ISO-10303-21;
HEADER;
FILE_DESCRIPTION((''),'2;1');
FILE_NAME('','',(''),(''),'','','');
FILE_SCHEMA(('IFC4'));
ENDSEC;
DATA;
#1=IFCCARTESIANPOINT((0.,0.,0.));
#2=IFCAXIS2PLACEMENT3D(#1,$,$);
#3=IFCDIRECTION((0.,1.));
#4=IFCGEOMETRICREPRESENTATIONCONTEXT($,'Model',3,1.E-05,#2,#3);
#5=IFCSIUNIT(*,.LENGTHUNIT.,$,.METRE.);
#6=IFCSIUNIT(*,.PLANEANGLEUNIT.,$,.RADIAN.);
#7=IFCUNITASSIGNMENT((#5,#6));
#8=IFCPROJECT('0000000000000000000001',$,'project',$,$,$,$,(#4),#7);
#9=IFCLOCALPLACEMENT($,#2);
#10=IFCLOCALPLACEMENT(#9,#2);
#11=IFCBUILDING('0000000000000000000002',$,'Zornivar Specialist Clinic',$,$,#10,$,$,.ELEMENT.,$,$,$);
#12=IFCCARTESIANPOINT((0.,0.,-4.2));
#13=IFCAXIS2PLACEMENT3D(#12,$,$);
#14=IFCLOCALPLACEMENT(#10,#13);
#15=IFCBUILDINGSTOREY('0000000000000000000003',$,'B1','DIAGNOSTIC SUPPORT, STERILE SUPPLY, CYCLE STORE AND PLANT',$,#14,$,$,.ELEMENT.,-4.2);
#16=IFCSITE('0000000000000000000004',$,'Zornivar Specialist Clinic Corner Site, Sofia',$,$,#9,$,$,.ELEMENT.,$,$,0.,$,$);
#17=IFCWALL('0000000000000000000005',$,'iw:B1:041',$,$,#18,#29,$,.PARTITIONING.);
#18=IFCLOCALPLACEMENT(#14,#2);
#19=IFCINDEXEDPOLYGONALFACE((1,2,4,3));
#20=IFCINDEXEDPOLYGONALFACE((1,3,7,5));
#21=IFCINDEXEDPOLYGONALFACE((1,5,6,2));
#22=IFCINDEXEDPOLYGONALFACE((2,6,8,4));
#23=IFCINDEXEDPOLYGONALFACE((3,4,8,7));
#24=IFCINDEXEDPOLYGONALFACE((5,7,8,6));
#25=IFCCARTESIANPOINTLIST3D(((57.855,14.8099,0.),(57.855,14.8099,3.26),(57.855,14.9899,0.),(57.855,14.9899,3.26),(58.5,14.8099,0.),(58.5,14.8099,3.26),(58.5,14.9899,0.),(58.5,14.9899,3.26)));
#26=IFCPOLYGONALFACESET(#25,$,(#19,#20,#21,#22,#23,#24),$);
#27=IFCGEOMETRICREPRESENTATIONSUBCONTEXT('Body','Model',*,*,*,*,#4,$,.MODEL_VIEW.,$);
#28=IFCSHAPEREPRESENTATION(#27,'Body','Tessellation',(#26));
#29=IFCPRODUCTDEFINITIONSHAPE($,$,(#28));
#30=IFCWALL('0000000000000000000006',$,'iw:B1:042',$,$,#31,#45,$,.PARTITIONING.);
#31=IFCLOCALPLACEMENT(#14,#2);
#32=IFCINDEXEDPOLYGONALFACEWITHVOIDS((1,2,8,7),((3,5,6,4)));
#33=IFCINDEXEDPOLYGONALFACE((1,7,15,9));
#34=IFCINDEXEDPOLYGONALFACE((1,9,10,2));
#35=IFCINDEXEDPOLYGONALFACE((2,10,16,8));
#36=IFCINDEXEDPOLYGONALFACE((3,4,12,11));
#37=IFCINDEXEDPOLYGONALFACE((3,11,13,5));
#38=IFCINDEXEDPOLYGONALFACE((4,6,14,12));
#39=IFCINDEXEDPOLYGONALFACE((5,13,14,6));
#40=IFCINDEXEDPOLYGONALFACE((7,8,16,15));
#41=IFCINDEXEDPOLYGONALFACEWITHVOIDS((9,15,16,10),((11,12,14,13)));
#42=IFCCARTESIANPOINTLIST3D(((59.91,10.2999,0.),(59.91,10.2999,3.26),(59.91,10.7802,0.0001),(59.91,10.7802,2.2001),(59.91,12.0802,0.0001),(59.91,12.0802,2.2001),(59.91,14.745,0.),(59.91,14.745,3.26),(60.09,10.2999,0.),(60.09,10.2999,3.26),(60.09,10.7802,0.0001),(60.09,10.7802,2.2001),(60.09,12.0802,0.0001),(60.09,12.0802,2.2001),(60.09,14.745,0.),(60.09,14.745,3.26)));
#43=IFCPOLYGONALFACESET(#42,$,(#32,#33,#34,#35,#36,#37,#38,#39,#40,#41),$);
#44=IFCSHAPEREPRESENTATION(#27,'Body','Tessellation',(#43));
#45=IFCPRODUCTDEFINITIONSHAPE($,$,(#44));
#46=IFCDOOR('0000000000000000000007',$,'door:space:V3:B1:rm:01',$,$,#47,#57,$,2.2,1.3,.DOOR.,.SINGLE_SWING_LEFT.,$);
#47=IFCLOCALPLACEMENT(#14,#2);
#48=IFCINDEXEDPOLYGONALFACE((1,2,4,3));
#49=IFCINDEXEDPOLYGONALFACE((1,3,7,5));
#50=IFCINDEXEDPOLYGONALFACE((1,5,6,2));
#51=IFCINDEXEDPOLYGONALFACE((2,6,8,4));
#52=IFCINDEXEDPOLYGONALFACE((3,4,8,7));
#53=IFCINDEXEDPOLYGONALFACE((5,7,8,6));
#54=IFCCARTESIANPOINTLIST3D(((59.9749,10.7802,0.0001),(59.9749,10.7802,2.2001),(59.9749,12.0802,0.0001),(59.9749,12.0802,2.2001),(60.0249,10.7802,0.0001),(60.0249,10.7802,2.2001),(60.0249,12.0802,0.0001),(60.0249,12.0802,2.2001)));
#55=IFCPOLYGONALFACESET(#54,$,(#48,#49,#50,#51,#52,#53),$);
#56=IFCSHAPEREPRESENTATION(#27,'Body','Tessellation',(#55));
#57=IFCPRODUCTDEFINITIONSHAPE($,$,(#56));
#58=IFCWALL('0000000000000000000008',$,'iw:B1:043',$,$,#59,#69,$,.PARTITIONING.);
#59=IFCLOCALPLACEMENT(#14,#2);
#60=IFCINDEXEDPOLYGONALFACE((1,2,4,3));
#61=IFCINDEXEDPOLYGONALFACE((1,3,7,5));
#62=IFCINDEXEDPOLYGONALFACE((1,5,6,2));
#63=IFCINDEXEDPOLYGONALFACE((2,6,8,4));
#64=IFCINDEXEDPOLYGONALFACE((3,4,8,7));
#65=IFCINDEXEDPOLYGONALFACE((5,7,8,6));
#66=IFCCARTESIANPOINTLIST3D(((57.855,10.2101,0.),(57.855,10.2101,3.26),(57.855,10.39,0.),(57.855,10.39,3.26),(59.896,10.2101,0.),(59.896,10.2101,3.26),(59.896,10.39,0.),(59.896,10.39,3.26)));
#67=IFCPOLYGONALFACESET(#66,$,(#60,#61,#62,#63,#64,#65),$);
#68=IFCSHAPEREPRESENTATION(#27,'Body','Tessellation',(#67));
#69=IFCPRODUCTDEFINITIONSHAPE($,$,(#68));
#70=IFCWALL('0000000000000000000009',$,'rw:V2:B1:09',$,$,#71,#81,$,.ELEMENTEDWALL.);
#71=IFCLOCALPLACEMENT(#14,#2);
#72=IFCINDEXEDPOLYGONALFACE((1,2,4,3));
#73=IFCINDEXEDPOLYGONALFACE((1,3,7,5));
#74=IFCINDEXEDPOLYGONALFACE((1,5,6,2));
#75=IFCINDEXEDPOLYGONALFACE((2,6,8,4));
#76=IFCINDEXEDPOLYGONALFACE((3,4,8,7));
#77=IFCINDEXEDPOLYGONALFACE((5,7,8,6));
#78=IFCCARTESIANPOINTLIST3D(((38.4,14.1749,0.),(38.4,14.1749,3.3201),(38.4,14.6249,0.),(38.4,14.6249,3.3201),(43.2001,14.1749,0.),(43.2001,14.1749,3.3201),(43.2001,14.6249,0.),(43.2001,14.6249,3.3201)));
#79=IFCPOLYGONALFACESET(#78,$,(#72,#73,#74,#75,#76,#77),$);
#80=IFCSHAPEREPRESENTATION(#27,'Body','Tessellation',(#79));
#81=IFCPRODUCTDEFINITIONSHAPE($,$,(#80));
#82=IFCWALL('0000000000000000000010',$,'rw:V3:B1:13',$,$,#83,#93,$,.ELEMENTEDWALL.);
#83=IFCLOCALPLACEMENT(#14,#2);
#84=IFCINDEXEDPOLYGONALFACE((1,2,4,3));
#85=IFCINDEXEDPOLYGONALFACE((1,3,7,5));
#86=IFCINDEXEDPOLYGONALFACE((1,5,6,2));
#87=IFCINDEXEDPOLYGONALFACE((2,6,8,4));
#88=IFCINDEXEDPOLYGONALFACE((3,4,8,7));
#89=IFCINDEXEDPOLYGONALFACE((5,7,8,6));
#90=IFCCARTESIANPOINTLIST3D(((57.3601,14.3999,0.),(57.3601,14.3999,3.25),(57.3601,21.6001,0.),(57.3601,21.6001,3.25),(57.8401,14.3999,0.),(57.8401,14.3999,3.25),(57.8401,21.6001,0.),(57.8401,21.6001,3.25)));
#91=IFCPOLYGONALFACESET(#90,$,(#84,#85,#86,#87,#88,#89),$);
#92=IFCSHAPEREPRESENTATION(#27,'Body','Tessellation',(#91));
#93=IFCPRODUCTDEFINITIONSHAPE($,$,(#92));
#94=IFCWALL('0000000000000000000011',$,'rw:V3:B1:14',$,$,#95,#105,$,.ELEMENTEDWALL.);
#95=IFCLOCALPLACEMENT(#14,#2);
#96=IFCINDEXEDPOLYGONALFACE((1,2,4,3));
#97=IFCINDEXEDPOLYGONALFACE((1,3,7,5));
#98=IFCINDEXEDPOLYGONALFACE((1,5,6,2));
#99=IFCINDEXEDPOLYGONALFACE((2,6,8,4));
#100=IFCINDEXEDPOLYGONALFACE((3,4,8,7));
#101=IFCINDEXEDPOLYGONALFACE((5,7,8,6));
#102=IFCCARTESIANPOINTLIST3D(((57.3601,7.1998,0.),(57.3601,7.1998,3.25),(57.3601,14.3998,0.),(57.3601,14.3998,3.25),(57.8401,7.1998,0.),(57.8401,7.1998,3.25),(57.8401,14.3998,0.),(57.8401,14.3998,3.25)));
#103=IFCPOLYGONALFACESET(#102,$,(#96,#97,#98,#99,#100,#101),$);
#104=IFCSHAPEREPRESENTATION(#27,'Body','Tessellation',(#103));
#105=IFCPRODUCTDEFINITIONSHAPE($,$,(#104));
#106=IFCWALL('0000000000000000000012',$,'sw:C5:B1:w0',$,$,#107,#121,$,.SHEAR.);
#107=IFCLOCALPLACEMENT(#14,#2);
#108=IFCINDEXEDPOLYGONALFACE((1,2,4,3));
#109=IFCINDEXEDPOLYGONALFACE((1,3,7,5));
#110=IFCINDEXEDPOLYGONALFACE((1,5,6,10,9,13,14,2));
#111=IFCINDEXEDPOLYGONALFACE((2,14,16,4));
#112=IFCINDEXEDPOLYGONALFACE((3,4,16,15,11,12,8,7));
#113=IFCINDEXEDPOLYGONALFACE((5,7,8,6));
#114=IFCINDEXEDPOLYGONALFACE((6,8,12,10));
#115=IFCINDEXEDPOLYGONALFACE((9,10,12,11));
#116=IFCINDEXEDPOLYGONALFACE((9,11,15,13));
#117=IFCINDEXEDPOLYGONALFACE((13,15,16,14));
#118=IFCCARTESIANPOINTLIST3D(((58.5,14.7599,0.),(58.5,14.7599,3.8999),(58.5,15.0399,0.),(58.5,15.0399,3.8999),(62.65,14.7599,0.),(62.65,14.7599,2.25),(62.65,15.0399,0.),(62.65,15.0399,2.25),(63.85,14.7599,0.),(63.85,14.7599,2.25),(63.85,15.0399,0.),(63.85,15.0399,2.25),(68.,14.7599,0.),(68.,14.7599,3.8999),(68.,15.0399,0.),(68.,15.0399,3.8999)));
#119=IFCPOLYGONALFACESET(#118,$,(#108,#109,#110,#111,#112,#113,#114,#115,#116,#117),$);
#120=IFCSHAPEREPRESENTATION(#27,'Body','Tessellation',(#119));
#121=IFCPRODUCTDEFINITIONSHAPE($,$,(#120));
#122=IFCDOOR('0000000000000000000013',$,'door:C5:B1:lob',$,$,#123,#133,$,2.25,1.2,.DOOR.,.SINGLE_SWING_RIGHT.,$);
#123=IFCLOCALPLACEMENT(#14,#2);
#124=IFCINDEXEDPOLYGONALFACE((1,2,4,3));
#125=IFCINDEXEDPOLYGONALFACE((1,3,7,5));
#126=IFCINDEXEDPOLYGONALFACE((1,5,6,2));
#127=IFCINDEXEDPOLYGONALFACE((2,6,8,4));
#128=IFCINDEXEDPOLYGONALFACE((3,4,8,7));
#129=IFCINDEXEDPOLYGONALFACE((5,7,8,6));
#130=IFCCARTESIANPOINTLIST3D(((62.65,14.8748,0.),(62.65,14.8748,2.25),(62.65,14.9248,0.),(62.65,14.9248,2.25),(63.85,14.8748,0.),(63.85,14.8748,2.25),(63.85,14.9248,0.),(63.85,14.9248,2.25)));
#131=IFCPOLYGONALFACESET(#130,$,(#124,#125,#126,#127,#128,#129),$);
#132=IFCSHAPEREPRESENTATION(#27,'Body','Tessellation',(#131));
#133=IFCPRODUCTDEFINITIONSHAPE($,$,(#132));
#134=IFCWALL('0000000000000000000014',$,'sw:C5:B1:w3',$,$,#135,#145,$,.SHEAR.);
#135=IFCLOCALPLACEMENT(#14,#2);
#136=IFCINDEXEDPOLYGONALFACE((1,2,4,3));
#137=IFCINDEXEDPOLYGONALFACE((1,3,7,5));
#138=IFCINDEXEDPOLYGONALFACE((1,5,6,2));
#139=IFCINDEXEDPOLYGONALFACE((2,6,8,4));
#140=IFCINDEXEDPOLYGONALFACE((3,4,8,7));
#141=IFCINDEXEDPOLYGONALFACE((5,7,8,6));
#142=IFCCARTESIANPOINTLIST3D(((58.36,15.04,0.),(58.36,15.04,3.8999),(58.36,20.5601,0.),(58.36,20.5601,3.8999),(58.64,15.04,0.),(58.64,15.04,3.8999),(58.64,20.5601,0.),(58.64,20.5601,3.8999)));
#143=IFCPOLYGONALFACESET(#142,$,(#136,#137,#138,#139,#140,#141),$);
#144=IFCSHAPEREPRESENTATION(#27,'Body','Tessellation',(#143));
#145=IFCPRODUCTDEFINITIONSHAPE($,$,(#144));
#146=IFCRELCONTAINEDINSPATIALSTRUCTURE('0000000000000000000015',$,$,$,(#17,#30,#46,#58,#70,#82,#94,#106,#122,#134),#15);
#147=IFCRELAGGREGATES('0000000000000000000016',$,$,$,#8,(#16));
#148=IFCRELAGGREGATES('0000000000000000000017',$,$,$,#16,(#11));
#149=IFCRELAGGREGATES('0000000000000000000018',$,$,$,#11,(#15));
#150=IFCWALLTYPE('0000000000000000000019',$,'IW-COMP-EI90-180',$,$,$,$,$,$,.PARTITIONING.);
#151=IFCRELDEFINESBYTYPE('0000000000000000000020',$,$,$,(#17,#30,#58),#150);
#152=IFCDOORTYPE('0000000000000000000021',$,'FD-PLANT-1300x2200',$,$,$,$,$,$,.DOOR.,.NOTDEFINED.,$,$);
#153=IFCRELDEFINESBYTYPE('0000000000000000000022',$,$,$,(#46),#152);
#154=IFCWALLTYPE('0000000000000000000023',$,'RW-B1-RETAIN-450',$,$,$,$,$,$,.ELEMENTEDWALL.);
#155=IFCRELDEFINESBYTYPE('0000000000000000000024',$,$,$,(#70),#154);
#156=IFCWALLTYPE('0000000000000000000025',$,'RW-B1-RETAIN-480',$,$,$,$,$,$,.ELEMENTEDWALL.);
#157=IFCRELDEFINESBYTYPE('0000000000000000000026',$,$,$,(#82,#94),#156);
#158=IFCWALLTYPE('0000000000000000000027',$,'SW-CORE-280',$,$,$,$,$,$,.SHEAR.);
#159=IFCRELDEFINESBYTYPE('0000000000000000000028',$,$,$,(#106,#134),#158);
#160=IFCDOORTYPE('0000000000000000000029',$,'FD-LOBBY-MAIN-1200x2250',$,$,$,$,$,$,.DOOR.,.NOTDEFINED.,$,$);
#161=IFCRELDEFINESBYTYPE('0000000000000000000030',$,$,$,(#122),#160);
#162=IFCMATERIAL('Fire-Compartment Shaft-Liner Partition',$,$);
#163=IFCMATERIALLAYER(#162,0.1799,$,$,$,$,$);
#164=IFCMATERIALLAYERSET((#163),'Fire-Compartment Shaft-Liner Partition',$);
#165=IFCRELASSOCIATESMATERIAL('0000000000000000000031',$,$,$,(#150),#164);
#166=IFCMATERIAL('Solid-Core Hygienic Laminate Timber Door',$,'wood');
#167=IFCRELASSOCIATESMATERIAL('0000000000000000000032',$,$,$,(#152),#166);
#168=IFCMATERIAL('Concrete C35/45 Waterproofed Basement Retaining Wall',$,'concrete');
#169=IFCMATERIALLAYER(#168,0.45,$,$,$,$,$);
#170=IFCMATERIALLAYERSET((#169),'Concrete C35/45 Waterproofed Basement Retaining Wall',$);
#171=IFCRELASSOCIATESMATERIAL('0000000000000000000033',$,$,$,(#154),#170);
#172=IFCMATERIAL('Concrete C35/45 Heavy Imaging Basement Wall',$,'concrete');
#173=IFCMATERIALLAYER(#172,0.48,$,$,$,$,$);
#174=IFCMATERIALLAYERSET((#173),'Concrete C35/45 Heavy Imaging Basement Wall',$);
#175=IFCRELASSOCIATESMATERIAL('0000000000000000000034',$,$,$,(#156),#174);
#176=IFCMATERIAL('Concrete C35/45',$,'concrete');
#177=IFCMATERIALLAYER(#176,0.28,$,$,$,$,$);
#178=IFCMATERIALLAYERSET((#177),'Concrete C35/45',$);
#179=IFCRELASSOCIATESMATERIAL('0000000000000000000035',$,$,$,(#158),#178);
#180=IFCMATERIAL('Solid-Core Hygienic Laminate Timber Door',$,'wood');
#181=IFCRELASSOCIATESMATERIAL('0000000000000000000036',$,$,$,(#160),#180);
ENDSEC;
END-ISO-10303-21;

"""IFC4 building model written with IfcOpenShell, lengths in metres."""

from ifc_helpers import new_model, si_unit, direction, frame, frame_2d, origin, place, context, subcontext, project, spatial, rectangle, extrude, material, layer, layer_set, type_object, element, fill, save


model = new_model("IFC4")

# Units and contexts
model_context = context("Model", 3, precision=1e-05, world=origin(), true_north=direction((0.0, 1.0)))
body_context = subcontext(model_context, "Body", "Model", "MODEL_VIEW")
ifc_project = project(units=[si_unit("LENGTHUNIT", "METRE"), si_unit("PLANEANGLEUNIT", "RADIAN")], contexts=[model_context])

# Site, building, storey
site_placement = place(None, origin())
site = spatial("IfcSite", under=ifc_project, at=site_placement, Name="Zornivar Specialist Clinic Corner Site, Sofia", CompositionType="ELEMENT", RefElevation=0.0)
building_placement = place(site_placement, origin())
building = spatial("IfcBuilding", under=site, at=building_placement, Name="Zornivar Specialist Clinic", CompositionType="ELEMENT")
storey_placement = place(building_placement, frame((0.0, 0.0, -4.2)))
storey = spatial("IfcBuildingStorey", under=building, at=storey_placement, Name="B1", Description="DIAGNOSTIC SUPPORT, STERILE SUPPLY, CYCLE STORE AND PLANT", CompositionType="ELEMENT", Elevation=-4.2)

# Wall
ifc_material_1 = material(Name="Fire-Compartment Shaft-Liner Partition")
ifc_layer_1 = layer(ifc_material_1, 0.1799)
ifc_layer_set_1 = layer_set([ifc_layer_1], Name="Fire-Compartment Shaft-Liner Partition")
wall_type_1 = type_object("IfcWallType", Name="IW-COMP-EI90-180", PredefinedType="PARTITIONING", material=ifc_layer_set_1)
wall_1_placement = place(storey_placement, frame((57.855, 14.8999, 0.0), z_axis=(0.0, 0.0, 1.0), x_axis=(1.0, 0.0, 0.0)))
element("IfcWall", 1, at=wall_1_placement, inside=storey, type_object=wall_type_1, Name="iw:B1:041", PredefinedType="PARTITIONING", context=body_context, shape_type="SweptSolid", body=[
    extrude(rectangle(XDim=0.645, YDim=0.1799, at=frame_2d((0.3225, 0.0))), origin(), (0.0, 0.0, 1.0), 3.26),
])

# Wall, opening, door
wall_2_placement = place(storey_placement, frame((60.0, 14.7451, 0.0), z_axis=(0.0, 0.0, 1.0), x_axis=(0.0, -1.0, 0.0)))
wall_2 = element("IfcWall", 2, at=wall_2_placement, inside=storey, type_object=wall_type_1, Name="iw:B1:042", PredefinedType="PARTITIONING", context=body_context, shape_type="SweptSolid", body=[
    extrude(rectangle(XDim=4.4451, YDim=0.1799, at=frame_2d((2.2227, 0.0))), origin(), (0.0, 0.0, 1.0), 3.26),
])
opening_1_placement = place(wall_2_placement, frame((2.665, 0.0, 0.0)))
opening_1 = element("IfcOpeningElement", 3, at=opening_1_placement, cuts=wall_2, PredefinedType="OPENING", context=body_context, shape_type="SweptSolid", body=[
    extrude(rectangle(XDim=1.3, YDim=2.2, at=frame_2d((0.6499, 1.1001))), frame((0.0, 0.0999, 0.0), z_axis=(0.0, -1.0, 0.0), x_axis=(1.0, 0.0, 0.0)), (0.0, 0.0, 1.0), 0.2),
])
ifc_material_2 = material(Name="Solid-Core Hygienic Laminate Timber Door", Category="wood")
door_type_1 = type_object("IfcDoorType", Name="FD-PLANT-1300x2200", OperationType="NOTDEFINED", PredefinedType="DOOR", material=ifc_material_2)
door_1_placement = place(opening_1_placement, origin())
door_1 = element("IfcDoor", 4, at=door_1_placement, inside=storey, type_object=door_type_1, Name="door:space:V3:B1:rm:01", OperationType="SINGLE_SWING_LEFT", OverallHeight=2.2, OverallWidth=1.3, PredefinedType="DOOR", context=body_context, shape_type="SweptSolid", body=[
    extrude(rectangle(XDim=1.3, YDim=2.2, at=frame_2d((0.6499, 1.1001))), frame((0.0, 0.0249, 0.0), z_axis=(0.0, -1.0, 0.0), x_axis=(1.0, 0.0, 0.0)), (0.0, 0.0, 1.0), 0.05),
])
fill(opening_1, door_1)

# Walls
wall_3_placement = place(storey_placement, frame((59.896, 10.3, 0.0), z_axis=(0.0, 0.0, 1.0), x_axis=(-1.0, 0.0, 0.0)))
element("IfcWall", 5, at=wall_3_placement, inside=storey, type_object=wall_type_1, Name="iw:B1:043", PredefinedType="PARTITIONING", context=body_context, shape_type="SweptSolid", body=[
    extrude(rectangle(XDim=2.041, YDim=0.1799, at=frame_2d((1.0205, 0.0))), origin(), (0.0, 0.0, 1.0), 3.26),
])
ifc_material_3 = material(Name="Concrete C35/45 Waterproofed Basement Retaining Wall", Category="concrete")
ifc_layer_2 = layer(ifc_material_3, 0.45)
ifc_layer_set_2 = layer_set([ifc_layer_2], Name="Concrete C35/45 Waterproofed Basement Retaining Wall")
wall_type_2 = type_object("IfcWallType", Name="RW-B1-RETAIN-450", PredefinedType="ELEMENTEDWALL", material=ifc_layer_set_2)
wall_4_placement = place(storey_placement, frame((43.2, 14.3999, 0.0), z_axis=(0.0, 0.0, 1.0), x_axis=(-1.0, 0.0, 0.0)))
element("IfcWall", 6, at=wall_4_placement, inside=storey, type_object=wall_type_2, Name="rw:V2:B1:09", PredefinedType="ELEMENTEDWALL", context=body_context, shape_type="SweptSolid", body=[
    extrude(rectangle(XDim=4.8, YDim=0.45, at=frame_2d((2.3999, 0.0))), origin(), (0.0, 0.0, 1.0), 3.3201),
])
ifc_material_4 = material(Name="Concrete C35/45 Heavy Imaging Basement Wall", Category="concrete")
ifc_layer_3 = layer(ifc_material_4, 0.48)
ifc_layer_set_3 = layer_set([ifc_layer_3], Name="Concrete C35/45 Heavy Imaging Basement Wall")
wall_type_3 = type_object("IfcWallType", Name="RW-B1-RETAIN-480", PredefinedType="ELEMENTEDWALL", material=ifc_layer_set_3)
wall_5_placement = place(storey_placement, frame((57.6001, 21.6001, 0.0), z_axis=(0.0, 0.0, 1.0), x_axis=(0.0, -1.0, 0.0)))
element("IfcWall", 7, at=wall_5_placement, inside=storey, type_object=wall_type_3, Name="rw:V3:B1:13", PredefinedType="ELEMENTEDWALL", context=body_context, shape_type="SweptSolid", body=[
    extrude(rectangle(XDim=7.2002, YDim=0.48, at=frame_2d((3.6001, 0.0))), origin(), (0.0, 0.0, 1.0), 3.25),
])
wall_6_placement = place(storey_placement, frame((57.6001, 14.3999, 0.0), z_axis=(0.0, 0.0, 1.0), x_axis=(0.0, -1.0, 0.0)))
element("IfcWall", 8, at=wall_6_placement, inside=storey, type_object=wall_type_3, Name="rw:V3:B1:14", PredefinedType="ELEMENTEDWALL", context=body_context, shape_type="SweptSolid", body=[
    extrude(rectangle(XDim=7.2, YDim=0.48, at=frame_2d((3.6001, 0.0))), origin(), (0.0, 0.0, 1.0), 3.25),
])

# Wall, opening, door
ifc_material_5 = material(Name="Concrete C35/45", Category="concrete")
ifc_layer_4 = layer(ifc_material_5, 0.28)
ifc_layer_set_4 = layer_set([ifc_layer_4], Name="Concrete C35/45")
wall_type_4 = type_object("IfcWallType", Name="SW-CORE-280", PredefinedType="SHEAR", material=ifc_layer_set_4)
wall_7_placement = place(storey_placement, frame((58.5, 14.8999, 0.0), z_axis=(0.0, 0.0, 1.0), x_axis=(1.0, 0.0, 0.0)))
wall_7 = element("IfcWall", 9, at=wall_7_placement, inside=storey, type_object=wall_type_4, Name="sw:C5:B1:w0", PredefinedType="SHEAR", context=body_context, shape_type="SweptSolid", body=[
    extrude(rectangle(XDim=9.5, YDim=0.28, at=frame_2d((4.75, 0.0))), origin(), (0.0, 0.0, 1.0), 3.8999),
])
opening_2_placement = place(wall_7_placement, frame((4.1499, 0.0, 0.0)))
opening_2 = element("IfcOpeningElement", 10, at=opening_2_placement, cuts=wall_7, PredefinedType="OPENING", context=body_context, shape_type="SweptSolid", body=[
    extrude(rectangle(XDim=1.2, YDim=2.25, at=frame_2d((0.6001, 1.125))), frame((0.0, 0.1499, 0.0), z_axis=(0.0, -1.0, 0.0), x_axis=(1.0, 0.0, 0.0)), (0.0, 0.0, 1.0), 0.3),
])
ifc_material_6 = material(Name="Solid-Core Hygienic Laminate Timber Door", Category="wood")
door_type_2 = type_object("IfcDoorType", Name="FD-LOBBY-MAIN-1200x2250", OperationType="NOTDEFINED", PredefinedType="DOOR", material=ifc_material_6)
door_2_placement = place(opening_2_placement, origin())
door_2 = element("IfcDoor", 11, at=door_2_placement, inside=storey, type_object=door_type_2, Name="door:C5:B1:lob", OperationType="SINGLE_SWING_RIGHT", OverallHeight=2.25, OverallWidth=1.2, PredefinedType="DOOR", context=body_context, shape_type="SweptSolid", body=[
    extrude(rectangle(XDim=1.2, YDim=2.25, at=frame_2d((0.6001, 1.125))), frame((0.0, 0.0249, 0.0), z_axis=(0.0, -1.0, 0.0), x_axis=(1.0, 0.0, 0.0)), (0.0, 0.0, 1.0), 0.05),
])
fill(opening_2, door_2)

# Wall
wall_8_placement = place(storey_placement, frame((58.5, 20.5601, 0.0), z_axis=(0.0, 0.0, 1.0), x_axis=(0.0, -1.0, 0.0)))
element("IfcWall", 12, at=wall_8_placement, inside=storey, type_object=wall_type_4, Name="sw:C5:B1:w3", PredefinedType="SHEAR", context=body_context, shape_type="SweptSolid", body=[
    extrude(rectangle(XDim=5.52, YDim=0.28, at=frame_2d((2.76, 0.0))), origin(), (0.0, 0.0, 1.0), 3.8999),
])

save(model, "model.ifc")
